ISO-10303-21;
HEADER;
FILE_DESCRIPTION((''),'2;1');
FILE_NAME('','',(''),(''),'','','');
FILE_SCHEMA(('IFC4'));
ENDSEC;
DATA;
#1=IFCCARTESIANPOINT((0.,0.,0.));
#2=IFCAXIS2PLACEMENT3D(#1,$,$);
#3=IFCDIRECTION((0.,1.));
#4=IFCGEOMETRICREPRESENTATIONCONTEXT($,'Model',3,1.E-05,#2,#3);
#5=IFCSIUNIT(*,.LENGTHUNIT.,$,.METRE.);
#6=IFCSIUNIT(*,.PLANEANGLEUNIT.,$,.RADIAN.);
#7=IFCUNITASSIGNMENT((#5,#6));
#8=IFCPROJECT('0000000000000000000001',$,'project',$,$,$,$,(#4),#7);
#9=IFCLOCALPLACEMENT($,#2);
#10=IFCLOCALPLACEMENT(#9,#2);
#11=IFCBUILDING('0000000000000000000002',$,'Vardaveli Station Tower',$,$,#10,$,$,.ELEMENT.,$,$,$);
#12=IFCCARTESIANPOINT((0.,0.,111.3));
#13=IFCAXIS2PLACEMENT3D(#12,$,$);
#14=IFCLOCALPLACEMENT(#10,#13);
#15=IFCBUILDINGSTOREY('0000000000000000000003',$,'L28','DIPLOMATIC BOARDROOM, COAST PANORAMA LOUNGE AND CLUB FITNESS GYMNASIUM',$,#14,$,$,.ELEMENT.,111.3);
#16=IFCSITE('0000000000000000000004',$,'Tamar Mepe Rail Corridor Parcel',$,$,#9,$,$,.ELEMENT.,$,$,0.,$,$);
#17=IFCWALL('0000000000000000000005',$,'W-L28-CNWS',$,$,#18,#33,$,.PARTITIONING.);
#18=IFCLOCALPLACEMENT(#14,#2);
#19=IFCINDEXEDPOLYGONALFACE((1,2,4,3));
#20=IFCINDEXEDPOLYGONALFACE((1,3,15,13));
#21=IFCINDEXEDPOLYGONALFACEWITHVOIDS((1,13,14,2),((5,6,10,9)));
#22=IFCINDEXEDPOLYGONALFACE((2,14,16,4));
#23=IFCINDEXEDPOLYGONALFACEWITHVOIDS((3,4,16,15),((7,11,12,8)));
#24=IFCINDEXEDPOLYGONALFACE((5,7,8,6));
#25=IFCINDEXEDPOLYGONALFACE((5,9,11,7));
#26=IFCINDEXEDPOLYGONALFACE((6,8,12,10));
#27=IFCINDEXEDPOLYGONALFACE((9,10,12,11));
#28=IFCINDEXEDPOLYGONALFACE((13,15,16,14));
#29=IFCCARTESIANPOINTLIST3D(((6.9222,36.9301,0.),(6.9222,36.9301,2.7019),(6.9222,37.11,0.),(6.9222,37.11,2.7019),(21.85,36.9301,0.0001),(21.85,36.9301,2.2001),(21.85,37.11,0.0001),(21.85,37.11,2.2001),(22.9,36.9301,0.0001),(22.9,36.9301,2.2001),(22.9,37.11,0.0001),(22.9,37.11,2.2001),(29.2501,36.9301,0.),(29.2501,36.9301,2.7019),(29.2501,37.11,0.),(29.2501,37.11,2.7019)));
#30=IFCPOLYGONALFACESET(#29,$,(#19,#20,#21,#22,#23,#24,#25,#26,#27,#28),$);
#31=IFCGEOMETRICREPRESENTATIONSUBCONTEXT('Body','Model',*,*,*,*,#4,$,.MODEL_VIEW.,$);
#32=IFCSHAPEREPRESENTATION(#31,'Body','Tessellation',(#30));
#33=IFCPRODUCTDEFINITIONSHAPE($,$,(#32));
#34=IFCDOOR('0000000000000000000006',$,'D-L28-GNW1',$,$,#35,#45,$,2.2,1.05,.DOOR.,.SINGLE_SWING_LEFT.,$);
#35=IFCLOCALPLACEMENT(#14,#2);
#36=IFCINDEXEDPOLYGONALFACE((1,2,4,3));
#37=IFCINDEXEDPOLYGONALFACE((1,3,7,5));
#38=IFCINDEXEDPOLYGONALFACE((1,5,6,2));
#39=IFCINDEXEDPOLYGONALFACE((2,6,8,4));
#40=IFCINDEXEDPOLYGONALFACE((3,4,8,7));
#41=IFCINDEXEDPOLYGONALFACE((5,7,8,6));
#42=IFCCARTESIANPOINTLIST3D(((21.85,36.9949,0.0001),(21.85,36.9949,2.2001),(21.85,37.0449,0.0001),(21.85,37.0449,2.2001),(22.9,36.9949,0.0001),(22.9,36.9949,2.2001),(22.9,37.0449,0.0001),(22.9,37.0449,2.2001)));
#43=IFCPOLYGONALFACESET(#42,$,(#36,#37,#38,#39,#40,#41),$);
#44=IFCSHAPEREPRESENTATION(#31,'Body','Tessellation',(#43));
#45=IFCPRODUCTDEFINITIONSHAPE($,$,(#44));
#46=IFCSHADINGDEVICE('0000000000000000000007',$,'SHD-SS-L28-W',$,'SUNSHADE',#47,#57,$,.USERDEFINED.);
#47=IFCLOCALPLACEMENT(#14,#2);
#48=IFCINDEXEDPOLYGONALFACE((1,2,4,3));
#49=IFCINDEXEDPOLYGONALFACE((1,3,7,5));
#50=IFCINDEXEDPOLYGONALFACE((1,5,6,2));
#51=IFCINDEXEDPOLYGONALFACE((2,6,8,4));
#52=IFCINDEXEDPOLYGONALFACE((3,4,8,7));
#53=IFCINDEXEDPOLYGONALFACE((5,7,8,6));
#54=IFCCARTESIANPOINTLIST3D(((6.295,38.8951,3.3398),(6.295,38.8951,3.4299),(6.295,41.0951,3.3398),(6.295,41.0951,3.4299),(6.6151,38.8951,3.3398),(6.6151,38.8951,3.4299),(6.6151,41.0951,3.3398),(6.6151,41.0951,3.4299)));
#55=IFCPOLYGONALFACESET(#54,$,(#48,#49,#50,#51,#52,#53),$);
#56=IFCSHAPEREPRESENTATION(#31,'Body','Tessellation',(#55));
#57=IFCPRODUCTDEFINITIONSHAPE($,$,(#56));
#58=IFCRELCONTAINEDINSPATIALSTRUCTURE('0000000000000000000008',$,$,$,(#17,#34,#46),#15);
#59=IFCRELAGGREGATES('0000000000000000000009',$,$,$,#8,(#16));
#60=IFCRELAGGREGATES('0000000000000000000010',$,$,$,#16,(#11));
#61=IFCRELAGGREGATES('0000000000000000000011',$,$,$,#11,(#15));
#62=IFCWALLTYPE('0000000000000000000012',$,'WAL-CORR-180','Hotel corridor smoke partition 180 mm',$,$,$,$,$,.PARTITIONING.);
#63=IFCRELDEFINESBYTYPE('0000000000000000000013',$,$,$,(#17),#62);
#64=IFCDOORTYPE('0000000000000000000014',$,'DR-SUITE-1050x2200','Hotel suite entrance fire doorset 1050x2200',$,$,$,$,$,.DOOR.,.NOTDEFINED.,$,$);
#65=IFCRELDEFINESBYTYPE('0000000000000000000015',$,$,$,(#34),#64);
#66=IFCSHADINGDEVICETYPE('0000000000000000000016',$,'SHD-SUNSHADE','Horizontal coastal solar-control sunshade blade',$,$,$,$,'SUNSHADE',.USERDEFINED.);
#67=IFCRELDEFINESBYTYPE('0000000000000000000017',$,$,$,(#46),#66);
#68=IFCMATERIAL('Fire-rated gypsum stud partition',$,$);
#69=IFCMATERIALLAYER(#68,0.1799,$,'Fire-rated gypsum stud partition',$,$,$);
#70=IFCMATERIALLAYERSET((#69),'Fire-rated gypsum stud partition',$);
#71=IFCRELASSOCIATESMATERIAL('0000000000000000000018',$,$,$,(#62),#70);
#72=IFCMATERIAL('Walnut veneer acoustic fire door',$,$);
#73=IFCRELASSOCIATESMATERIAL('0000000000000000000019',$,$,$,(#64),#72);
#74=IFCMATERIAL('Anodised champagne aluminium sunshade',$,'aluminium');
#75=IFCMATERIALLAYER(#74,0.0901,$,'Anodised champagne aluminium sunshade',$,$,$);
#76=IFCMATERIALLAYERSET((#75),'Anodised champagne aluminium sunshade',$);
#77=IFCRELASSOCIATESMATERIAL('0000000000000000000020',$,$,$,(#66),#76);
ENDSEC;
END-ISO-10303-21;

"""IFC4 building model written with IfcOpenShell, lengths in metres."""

from ifc_helpers import new_model, si_unit, direction, frame, frame_2d, origin, origin_2d, place, context, subcontext, project, spatial, rectangle, extrude, source, transform, mapped, material, layer, layer_set, type_object, element, fill, save


model = new_model("IFC4")

# Units and contexts
model_context = context("Model", 3, precision=1e-05, world=origin(), true_north=direction((0.0, 1.0)))
body_context = subcontext(model_context, "Body", "Model", "MODEL_VIEW")
ifc_project = project(units=[si_unit("LENGTHUNIT", "METRE"), si_unit("PLANEANGLEUNIT", "RADIAN")], contexts=[model_context])

# Site, building, storey
site_placement = place(None, origin())
site = spatial("IfcSite", under=ifc_project, at=site_placement, Name="Tamar Mepe Rail Corridor Parcel", CompositionType="ELEMENT", RefElevation=0.0)
building_placement = place(site_placement, origin())
building = spatial("IfcBuilding", under=site, at=building_placement, Name="Vardaveli Station Tower", CompositionType="ELEMENT")
storey_placement = place(building_placement, frame((0.0, 0.0, 111.3)))
storey = spatial("IfcBuildingStorey", under=building, at=storey_placement, Name="L28", Description="DIPLOMATIC BOARDROOM, COAST PANORAMA LOUNGE AND CLUB FITNESS GYMNASIUM", CompositionType="ELEMENT", Elevation=111.3)

# Wall, opening, door
ifc_material_1 = material(Name="Fire-rated gypsum stud partition")
ifc_layer_1 = layer(ifc_material_1, 0.1799, Name="Fire-rated gypsum stud partition")
ifc_layer_set_1 = layer_set([ifc_layer_1], Name="Fire-rated gypsum stud partition")
wall_type_1 = type_object("IfcWallType", Name="WAL-CORR-180", Description="Hotel corridor smoke partition 180 mm", PredefinedType="PARTITIONING", material=ifc_layer_set_1)
shared_shape_1 = source(origin(), body_context, "Body", "SweptSolid", [
    extrude(rectangle(XDim=22.3279, YDim=0.1799, at=frame_2d((11.1641, 0.0))), origin(), (0.0, 0.0, 1.0), 2.7019),
])
wall_1_placement = place(storey_placement, frame((6.9221, 37.02, 0.0), z_axis=(0.0, 0.0, 1.0), x_axis=(1.0, 0.0, 0.0)))
wall_1 = element("IfcWall", 1, at=wall_1_placement, inside=storey, type_object=wall_type_1, Name="W-L28-CNWS", PredefinedType="PARTITIONING", context=body_context, shape_type="MappedRepresentation", body=[
    mapped(shared_shape_1, transform((0.0, 0.0, 0.0), scale=1.0)),
])
shared_shape_2 = source(origin(), body_context, "Body", "SweptSolid", [
    extrude(rectangle(XDim=1.05, YDim=2.2, at=frame_2d((0.5249, 1.1001))), frame((0.0, 0.1001, 0.0), z_axis=(0.0, -1.0, 0.0), x_axis=(1.0, 0.0, 0.0)), (0.0, 0.0, 1.0), 0.2),
])
opening_1_placement = place(wall_1_placement, frame((14.928, 0.0, 0.0)))
opening_1 = element("IfcOpeningElement", 2, at=opening_1_placement, cuts=wall_1, PredefinedType="OPENING", context=body_context, shape_type="MappedRepresentation", body=[
    mapped(shared_shape_2, transform((0.0, 0.0, 0.0), scale=1.0)),
])
ifc_material_2 = material(Name="Walnut veneer acoustic fire door")
door_type_1 = type_object("IfcDoorType", Name="DR-SUITE-1050x2200", Description="Hotel suite entrance fire doorset 1050x2200", OperationType="NOTDEFINED", PredefinedType="DOOR", material=ifc_material_2)
shared_shape_3 = source(origin(), body_context, "Body", "SweptSolid", [
    extrude(rectangle(XDim=1.05, YDim=2.2, at=frame_2d((0.5249, 1.1001))), frame((0.0, 0.0249, 0.0), z_axis=(0.0, -1.0, 0.0), x_axis=(1.0, 0.0, 0.0)), (0.0, 0.0, 1.0), 0.05),
])
door_1_placement = place(opening_1_placement, origin())
door_1 = element("IfcDoor", 3, at=door_1_placement, inside=storey, type_object=door_type_1, Name="D-L28-GNW1", OperationType="SINGLE_SWING_LEFT", OverallHeight=2.2, OverallWidth=1.05, PredefinedType="DOOR", context=body_context, shape_type="MappedRepresentation", body=[
    mapped(shared_shape_3, transform((0.0, 0.0, 0.0), scale=1.0)),
])
fill(opening_1, door_1)

# Shading device
ifc_material_3 = material(Name="Anodised champagne aluminium sunshade", Category="aluminium")
ifc_layer_2 = layer(ifc_material_3, 0.0901, Name="Anodised champagne aluminium sunshade")
ifc_layer_set_2 = layer_set([ifc_layer_2], Name="Anodised champagne aluminium sunshade")
shading_device_type = type_object("IfcShadingDeviceType", Name="SHD-SUNSHADE", Description="Horizontal coastal solar-control sunshade blade", ElementType="SUNSHADE", PredefinedType="USERDEFINED", material=ifc_layer_set_2)
shared_shape_4 = source(origin(), body_context, "Body", "SweptSolid", [
    extrude(rectangle(XDim=2.2, YDim=0.3201, at=origin_2d()), origin(), (0.0, 0.0, 1.0), 0.0901),
])
shading_device_placement = place(storey_placement, frame((6.4551, 39.9951, 3.3398), z_axis=(0.0, 0.0, 1.0), x_axis=(0.0, 1.0, 0.0)))
element("IfcShadingDevice", 4, at=shading_device_placement, inside=storey, type_object=shading_device_type, Name="SHD-SS-L28-W", ObjectType="SUNSHADE", PredefinedType="USERDEFINED", context=body_context, shape_type="MappedRepresentation", body=[
    mapped(shared_shape_4, transform((0.0, 0.0, 0.0), scale=1.0)),
])

save(model, "model.ifc")
